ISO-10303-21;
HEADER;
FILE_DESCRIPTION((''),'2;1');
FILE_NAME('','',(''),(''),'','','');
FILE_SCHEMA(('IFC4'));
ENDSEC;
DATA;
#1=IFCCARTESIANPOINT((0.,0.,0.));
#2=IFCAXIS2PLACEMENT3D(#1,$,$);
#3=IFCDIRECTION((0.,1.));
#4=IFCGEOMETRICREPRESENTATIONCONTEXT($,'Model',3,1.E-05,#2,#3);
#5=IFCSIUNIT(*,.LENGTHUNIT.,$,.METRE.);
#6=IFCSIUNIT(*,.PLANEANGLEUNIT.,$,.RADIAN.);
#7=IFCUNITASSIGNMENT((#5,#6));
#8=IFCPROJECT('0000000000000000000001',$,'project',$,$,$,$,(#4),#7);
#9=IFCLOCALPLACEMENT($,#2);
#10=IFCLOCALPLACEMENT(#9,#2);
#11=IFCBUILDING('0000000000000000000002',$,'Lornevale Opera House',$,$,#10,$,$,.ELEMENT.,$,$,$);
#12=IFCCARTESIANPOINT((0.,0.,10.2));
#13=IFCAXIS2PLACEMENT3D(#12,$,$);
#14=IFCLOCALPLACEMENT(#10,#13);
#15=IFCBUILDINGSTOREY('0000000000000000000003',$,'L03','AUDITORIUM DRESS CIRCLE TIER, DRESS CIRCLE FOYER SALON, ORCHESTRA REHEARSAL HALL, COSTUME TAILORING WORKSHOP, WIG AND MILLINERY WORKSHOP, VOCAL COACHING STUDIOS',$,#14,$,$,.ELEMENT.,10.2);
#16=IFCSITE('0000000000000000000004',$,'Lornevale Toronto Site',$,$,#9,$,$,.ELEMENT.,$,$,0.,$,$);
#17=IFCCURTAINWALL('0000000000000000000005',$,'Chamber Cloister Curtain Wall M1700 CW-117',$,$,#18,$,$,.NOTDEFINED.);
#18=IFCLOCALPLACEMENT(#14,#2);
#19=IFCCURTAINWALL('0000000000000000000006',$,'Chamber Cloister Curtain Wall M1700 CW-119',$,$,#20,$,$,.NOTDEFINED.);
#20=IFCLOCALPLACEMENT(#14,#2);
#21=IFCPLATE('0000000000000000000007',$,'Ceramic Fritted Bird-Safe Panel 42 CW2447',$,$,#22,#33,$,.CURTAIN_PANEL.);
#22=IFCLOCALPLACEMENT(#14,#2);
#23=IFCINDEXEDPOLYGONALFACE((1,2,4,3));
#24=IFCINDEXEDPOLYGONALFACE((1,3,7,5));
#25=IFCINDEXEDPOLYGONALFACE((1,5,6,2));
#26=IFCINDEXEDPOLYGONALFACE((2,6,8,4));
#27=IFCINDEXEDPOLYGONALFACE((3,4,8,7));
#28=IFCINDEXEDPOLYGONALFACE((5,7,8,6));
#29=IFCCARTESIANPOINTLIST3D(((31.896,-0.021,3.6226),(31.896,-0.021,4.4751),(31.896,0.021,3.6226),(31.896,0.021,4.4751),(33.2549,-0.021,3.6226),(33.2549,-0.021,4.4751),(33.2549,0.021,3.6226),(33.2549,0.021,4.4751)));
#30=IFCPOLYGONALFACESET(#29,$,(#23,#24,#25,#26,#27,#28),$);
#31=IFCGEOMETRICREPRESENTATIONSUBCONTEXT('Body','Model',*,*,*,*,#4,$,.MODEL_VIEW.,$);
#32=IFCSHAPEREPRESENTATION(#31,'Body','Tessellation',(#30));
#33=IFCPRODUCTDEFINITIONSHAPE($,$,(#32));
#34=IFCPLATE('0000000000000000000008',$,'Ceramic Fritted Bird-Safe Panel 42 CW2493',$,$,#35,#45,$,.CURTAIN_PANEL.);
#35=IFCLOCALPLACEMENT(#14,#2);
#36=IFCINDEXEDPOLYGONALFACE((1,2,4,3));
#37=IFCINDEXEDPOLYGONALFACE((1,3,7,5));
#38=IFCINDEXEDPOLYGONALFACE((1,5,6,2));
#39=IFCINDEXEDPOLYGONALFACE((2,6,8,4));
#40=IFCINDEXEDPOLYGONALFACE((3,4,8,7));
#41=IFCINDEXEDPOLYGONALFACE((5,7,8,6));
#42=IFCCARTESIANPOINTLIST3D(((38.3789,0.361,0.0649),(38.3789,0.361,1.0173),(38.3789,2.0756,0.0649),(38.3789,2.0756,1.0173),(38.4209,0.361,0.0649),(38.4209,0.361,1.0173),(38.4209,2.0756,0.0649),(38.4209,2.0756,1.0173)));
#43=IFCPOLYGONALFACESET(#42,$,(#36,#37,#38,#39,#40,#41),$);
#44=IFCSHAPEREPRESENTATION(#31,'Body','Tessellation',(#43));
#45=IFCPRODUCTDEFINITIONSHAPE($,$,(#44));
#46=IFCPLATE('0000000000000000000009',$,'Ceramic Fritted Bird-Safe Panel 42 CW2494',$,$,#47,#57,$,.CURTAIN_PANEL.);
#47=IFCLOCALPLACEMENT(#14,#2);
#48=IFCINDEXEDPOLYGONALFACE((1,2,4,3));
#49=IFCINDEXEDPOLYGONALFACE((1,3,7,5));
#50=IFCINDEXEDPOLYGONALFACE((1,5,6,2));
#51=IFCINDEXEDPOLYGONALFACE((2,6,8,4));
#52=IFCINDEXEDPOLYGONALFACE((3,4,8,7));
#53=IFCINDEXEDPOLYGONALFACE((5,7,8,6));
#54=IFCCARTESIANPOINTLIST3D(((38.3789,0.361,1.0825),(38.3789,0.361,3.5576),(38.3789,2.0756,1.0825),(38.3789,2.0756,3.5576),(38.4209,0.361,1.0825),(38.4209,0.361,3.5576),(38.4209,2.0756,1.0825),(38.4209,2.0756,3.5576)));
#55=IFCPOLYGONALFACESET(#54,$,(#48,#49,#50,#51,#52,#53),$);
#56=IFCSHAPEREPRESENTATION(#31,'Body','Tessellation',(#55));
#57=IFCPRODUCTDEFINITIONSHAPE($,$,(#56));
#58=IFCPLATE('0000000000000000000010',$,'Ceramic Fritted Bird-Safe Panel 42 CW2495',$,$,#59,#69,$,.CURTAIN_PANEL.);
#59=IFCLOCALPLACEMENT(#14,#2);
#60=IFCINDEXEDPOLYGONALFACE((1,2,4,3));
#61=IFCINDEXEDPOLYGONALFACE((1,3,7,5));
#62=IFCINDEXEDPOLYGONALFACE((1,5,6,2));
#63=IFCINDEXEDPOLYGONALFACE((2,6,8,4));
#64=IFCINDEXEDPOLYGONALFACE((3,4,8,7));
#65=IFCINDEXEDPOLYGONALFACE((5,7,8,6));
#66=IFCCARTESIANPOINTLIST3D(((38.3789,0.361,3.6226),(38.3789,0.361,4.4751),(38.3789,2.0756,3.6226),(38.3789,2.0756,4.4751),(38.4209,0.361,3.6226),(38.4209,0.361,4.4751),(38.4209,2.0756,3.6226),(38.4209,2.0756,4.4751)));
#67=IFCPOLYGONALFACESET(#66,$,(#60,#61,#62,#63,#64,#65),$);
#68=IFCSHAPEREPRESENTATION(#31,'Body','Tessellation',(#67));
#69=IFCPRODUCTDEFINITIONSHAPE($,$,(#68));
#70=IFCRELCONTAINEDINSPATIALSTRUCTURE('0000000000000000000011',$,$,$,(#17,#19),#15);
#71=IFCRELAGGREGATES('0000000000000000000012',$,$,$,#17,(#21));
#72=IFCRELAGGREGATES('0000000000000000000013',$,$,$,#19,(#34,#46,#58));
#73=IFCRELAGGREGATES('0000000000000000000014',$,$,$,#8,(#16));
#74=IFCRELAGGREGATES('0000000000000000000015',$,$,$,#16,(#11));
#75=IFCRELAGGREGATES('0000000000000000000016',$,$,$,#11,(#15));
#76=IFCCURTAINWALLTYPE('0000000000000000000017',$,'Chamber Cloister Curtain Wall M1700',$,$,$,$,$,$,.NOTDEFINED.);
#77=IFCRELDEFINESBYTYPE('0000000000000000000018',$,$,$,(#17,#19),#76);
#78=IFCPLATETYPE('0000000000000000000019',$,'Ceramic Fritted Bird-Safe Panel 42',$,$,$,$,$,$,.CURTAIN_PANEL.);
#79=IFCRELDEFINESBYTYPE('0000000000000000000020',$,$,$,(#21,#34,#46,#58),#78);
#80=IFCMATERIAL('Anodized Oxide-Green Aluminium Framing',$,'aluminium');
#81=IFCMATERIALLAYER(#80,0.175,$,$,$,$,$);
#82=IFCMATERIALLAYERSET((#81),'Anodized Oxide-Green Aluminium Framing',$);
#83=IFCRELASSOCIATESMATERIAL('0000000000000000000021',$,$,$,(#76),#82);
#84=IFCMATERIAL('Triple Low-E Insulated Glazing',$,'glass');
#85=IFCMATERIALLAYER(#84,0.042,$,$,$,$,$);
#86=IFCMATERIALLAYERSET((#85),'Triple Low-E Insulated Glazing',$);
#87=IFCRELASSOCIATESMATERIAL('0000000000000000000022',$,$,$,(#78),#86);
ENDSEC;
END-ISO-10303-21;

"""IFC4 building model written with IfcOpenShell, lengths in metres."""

from ifc_helpers import new_model, si_unit, direction, frame, origin, origin_2d, place, context, subcontext, project, spatial, rectangle, extrude, material, layer, layer_set, type_object, element, aggregate, save


model = new_model("IFC4")

# Units and contexts
model_context = context("Model", 3, precision=1e-05, world=origin(), true_north=direction((0.0, 1.0)))
body_context = subcontext(model_context, "Body", "Model", "MODEL_VIEW")
ifc_project = project(units=[si_unit("LENGTHUNIT", "METRE"), si_unit("PLANEANGLEUNIT", "RADIAN")], contexts=[model_context])

# Site, building, storey
site_placement = place(None, origin())
site = spatial("IfcSite", under=ifc_project, at=site_placement, Name="Lornevale Toronto Site", CompositionType="ELEMENT", RefElevation=0.0)
building_placement = place(site_placement, origin())
building = spatial("IfcBuilding", under=site, at=building_placement, Name="Lornevale Opera House", CompositionType="ELEMENT")
storey_placement = place(building_placement, frame((0.0, 0.0, 10.2)))
storey = spatial("IfcBuildingStorey", under=building, at=storey_placement, Name="L03", Description="AUDITORIUM DRESS CIRCLE TIER, DRESS CIRCLE FOYER SALON, ORCHESTRA REHEARSAL HALL, COSTUME TAILORING WORKSHOP, WIG AND MILLINERY WORKSHOP, VOCAL COACHING STUDIOS", CompositionType="ELEMENT", Elevation=10.2)

# Curtain wall
ifc_material_1 = material(Name="Anodized Oxide-Green Aluminium Framing", Category="aluminium")
ifc_layer_1 = layer(ifc_material_1, 0.175)
ifc_layer_set_1 = layer_set([ifc_layer_1], Name="Anodized Oxide-Green Aluminium Framing")
curtain_wall_type = type_object("IfcCurtainWallType", Name="Chamber Cloister Curtain Wall M1700", PredefinedType="NOTDEFINED", material=ifc_layer_set_1)
curtain_wall_1_placement = place(storey_placement, origin())
curtain_wall_1 = element("IfcCurtainWall", 1, at=curtain_wall_1_placement, inside=storey, type_object=curtain_wall_type, Name="Chamber Cloister Curtain Wall M1700 CW-117", PredefinedType="NOTDEFINED")

# Curtain wall
curtain_wall_2_placement = place(storey_placement, origin())
curtain_wall_2 = element("IfcCurtainWall", 2, at=curtain_wall_2_placement, inside=storey, type_object=curtain_wall_type, Name="Chamber Cloister Curtain Wall M1700 CW-119", PredefinedType="NOTDEFINED")

# Plates
ifc_material_2 = material(Name="Triple Low-E Insulated Glazing", Category="glass")
ifc_layer_2 = layer(ifc_material_2, 0.042)
ifc_layer_set_2 = layer_set([ifc_layer_2], Name="Triple Low-E Insulated Glazing")
plate_type = type_object("IfcPlateType", Name="Ceramic Fritted Bird-Safe Panel 42", PredefinedType="CURTAIN_PANEL", material=ifc_layer_set_2)
plate_1_placement = place(storey_placement, frame((32.5754, 0.0, 3.6226), z_axis=(0.0, 0.0, 1.0), x_axis=(-1.0, 0.0, 0.0)))
plate_1 = element("IfcPlate", 3, at=plate_1_placement, type_object=plate_type, Name="Ceramic Fritted Bird-Safe Panel 42 CW2447", PredefinedType="CURTAIN_PANEL", context=body_context, shape_type="SweptSolid", body=[
    extrude(rectangle(XDim=1.3589, YDim=0.042, at=origin_2d()), origin(), (0.0, 0.0, 1.0), 0.8525),
])
aggregate(curtain_wall_1, [plate_1])
plate_2_placement = place(storey_placement, frame((38.3999, 1.2183, 0.0649), z_axis=(0.0, 0.0, 1.0), x_axis=(0.0, -1.0, 0.0)))
plate_2 = element("IfcPlate", 4, at=plate_2_placement, type_object=plate_type, Name="Ceramic Fritted Bird-Safe Panel 42 CW2493", PredefinedType="CURTAIN_PANEL", context=body_context, shape_type="SweptSolid", body=[
    extrude(rectangle(XDim=1.7146, YDim=0.042, at=origin_2d()), origin(), (0.0, 0.0, 1.0), 0.9524),
])
plate_3_placement = place(storey_placement, frame((38.3999, 1.2183, 1.0825), z_axis=(0.0, 0.0, 1.0), x_axis=(0.0, -1.0, 0.0)))
plate_3 = element("IfcPlate", 5, at=plate_3_placement, type_object=plate_type, Name="Ceramic Fritted Bird-Safe Panel 42 CW2494", PredefinedType="CURTAIN_PANEL", context=body_context, shape_type="SweptSolid", body=[
    extrude(rectangle(XDim=1.7146, YDim=0.042, at=origin_2d()), origin(), (0.0, 0.0, 1.0), 2.4751),
])
plate_4_placement = place(storey_placement, frame((38.3999, 1.2183, 3.6226), z_axis=(0.0, 0.0, 1.0), x_axis=(0.0, -1.0, 0.0)))
plate_4 = element("IfcPlate", 6, at=plate_4_placement, type_object=plate_type, Name="Ceramic Fritted Bird-Safe Panel 42 CW2495", PredefinedType="CURTAIN_PANEL", context=body_context, shape_type="SweptSolid", body=[
    extrude(rectangle(XDim=1.7146, YDim=0.042, at=origin_2d()), origin(), (0.0, 0.0, 1.0), 0.8525),
])
aggregate(curtain_wall_2, [plate_2, plate_3, plate_4])

save(model, "model.ifc")
